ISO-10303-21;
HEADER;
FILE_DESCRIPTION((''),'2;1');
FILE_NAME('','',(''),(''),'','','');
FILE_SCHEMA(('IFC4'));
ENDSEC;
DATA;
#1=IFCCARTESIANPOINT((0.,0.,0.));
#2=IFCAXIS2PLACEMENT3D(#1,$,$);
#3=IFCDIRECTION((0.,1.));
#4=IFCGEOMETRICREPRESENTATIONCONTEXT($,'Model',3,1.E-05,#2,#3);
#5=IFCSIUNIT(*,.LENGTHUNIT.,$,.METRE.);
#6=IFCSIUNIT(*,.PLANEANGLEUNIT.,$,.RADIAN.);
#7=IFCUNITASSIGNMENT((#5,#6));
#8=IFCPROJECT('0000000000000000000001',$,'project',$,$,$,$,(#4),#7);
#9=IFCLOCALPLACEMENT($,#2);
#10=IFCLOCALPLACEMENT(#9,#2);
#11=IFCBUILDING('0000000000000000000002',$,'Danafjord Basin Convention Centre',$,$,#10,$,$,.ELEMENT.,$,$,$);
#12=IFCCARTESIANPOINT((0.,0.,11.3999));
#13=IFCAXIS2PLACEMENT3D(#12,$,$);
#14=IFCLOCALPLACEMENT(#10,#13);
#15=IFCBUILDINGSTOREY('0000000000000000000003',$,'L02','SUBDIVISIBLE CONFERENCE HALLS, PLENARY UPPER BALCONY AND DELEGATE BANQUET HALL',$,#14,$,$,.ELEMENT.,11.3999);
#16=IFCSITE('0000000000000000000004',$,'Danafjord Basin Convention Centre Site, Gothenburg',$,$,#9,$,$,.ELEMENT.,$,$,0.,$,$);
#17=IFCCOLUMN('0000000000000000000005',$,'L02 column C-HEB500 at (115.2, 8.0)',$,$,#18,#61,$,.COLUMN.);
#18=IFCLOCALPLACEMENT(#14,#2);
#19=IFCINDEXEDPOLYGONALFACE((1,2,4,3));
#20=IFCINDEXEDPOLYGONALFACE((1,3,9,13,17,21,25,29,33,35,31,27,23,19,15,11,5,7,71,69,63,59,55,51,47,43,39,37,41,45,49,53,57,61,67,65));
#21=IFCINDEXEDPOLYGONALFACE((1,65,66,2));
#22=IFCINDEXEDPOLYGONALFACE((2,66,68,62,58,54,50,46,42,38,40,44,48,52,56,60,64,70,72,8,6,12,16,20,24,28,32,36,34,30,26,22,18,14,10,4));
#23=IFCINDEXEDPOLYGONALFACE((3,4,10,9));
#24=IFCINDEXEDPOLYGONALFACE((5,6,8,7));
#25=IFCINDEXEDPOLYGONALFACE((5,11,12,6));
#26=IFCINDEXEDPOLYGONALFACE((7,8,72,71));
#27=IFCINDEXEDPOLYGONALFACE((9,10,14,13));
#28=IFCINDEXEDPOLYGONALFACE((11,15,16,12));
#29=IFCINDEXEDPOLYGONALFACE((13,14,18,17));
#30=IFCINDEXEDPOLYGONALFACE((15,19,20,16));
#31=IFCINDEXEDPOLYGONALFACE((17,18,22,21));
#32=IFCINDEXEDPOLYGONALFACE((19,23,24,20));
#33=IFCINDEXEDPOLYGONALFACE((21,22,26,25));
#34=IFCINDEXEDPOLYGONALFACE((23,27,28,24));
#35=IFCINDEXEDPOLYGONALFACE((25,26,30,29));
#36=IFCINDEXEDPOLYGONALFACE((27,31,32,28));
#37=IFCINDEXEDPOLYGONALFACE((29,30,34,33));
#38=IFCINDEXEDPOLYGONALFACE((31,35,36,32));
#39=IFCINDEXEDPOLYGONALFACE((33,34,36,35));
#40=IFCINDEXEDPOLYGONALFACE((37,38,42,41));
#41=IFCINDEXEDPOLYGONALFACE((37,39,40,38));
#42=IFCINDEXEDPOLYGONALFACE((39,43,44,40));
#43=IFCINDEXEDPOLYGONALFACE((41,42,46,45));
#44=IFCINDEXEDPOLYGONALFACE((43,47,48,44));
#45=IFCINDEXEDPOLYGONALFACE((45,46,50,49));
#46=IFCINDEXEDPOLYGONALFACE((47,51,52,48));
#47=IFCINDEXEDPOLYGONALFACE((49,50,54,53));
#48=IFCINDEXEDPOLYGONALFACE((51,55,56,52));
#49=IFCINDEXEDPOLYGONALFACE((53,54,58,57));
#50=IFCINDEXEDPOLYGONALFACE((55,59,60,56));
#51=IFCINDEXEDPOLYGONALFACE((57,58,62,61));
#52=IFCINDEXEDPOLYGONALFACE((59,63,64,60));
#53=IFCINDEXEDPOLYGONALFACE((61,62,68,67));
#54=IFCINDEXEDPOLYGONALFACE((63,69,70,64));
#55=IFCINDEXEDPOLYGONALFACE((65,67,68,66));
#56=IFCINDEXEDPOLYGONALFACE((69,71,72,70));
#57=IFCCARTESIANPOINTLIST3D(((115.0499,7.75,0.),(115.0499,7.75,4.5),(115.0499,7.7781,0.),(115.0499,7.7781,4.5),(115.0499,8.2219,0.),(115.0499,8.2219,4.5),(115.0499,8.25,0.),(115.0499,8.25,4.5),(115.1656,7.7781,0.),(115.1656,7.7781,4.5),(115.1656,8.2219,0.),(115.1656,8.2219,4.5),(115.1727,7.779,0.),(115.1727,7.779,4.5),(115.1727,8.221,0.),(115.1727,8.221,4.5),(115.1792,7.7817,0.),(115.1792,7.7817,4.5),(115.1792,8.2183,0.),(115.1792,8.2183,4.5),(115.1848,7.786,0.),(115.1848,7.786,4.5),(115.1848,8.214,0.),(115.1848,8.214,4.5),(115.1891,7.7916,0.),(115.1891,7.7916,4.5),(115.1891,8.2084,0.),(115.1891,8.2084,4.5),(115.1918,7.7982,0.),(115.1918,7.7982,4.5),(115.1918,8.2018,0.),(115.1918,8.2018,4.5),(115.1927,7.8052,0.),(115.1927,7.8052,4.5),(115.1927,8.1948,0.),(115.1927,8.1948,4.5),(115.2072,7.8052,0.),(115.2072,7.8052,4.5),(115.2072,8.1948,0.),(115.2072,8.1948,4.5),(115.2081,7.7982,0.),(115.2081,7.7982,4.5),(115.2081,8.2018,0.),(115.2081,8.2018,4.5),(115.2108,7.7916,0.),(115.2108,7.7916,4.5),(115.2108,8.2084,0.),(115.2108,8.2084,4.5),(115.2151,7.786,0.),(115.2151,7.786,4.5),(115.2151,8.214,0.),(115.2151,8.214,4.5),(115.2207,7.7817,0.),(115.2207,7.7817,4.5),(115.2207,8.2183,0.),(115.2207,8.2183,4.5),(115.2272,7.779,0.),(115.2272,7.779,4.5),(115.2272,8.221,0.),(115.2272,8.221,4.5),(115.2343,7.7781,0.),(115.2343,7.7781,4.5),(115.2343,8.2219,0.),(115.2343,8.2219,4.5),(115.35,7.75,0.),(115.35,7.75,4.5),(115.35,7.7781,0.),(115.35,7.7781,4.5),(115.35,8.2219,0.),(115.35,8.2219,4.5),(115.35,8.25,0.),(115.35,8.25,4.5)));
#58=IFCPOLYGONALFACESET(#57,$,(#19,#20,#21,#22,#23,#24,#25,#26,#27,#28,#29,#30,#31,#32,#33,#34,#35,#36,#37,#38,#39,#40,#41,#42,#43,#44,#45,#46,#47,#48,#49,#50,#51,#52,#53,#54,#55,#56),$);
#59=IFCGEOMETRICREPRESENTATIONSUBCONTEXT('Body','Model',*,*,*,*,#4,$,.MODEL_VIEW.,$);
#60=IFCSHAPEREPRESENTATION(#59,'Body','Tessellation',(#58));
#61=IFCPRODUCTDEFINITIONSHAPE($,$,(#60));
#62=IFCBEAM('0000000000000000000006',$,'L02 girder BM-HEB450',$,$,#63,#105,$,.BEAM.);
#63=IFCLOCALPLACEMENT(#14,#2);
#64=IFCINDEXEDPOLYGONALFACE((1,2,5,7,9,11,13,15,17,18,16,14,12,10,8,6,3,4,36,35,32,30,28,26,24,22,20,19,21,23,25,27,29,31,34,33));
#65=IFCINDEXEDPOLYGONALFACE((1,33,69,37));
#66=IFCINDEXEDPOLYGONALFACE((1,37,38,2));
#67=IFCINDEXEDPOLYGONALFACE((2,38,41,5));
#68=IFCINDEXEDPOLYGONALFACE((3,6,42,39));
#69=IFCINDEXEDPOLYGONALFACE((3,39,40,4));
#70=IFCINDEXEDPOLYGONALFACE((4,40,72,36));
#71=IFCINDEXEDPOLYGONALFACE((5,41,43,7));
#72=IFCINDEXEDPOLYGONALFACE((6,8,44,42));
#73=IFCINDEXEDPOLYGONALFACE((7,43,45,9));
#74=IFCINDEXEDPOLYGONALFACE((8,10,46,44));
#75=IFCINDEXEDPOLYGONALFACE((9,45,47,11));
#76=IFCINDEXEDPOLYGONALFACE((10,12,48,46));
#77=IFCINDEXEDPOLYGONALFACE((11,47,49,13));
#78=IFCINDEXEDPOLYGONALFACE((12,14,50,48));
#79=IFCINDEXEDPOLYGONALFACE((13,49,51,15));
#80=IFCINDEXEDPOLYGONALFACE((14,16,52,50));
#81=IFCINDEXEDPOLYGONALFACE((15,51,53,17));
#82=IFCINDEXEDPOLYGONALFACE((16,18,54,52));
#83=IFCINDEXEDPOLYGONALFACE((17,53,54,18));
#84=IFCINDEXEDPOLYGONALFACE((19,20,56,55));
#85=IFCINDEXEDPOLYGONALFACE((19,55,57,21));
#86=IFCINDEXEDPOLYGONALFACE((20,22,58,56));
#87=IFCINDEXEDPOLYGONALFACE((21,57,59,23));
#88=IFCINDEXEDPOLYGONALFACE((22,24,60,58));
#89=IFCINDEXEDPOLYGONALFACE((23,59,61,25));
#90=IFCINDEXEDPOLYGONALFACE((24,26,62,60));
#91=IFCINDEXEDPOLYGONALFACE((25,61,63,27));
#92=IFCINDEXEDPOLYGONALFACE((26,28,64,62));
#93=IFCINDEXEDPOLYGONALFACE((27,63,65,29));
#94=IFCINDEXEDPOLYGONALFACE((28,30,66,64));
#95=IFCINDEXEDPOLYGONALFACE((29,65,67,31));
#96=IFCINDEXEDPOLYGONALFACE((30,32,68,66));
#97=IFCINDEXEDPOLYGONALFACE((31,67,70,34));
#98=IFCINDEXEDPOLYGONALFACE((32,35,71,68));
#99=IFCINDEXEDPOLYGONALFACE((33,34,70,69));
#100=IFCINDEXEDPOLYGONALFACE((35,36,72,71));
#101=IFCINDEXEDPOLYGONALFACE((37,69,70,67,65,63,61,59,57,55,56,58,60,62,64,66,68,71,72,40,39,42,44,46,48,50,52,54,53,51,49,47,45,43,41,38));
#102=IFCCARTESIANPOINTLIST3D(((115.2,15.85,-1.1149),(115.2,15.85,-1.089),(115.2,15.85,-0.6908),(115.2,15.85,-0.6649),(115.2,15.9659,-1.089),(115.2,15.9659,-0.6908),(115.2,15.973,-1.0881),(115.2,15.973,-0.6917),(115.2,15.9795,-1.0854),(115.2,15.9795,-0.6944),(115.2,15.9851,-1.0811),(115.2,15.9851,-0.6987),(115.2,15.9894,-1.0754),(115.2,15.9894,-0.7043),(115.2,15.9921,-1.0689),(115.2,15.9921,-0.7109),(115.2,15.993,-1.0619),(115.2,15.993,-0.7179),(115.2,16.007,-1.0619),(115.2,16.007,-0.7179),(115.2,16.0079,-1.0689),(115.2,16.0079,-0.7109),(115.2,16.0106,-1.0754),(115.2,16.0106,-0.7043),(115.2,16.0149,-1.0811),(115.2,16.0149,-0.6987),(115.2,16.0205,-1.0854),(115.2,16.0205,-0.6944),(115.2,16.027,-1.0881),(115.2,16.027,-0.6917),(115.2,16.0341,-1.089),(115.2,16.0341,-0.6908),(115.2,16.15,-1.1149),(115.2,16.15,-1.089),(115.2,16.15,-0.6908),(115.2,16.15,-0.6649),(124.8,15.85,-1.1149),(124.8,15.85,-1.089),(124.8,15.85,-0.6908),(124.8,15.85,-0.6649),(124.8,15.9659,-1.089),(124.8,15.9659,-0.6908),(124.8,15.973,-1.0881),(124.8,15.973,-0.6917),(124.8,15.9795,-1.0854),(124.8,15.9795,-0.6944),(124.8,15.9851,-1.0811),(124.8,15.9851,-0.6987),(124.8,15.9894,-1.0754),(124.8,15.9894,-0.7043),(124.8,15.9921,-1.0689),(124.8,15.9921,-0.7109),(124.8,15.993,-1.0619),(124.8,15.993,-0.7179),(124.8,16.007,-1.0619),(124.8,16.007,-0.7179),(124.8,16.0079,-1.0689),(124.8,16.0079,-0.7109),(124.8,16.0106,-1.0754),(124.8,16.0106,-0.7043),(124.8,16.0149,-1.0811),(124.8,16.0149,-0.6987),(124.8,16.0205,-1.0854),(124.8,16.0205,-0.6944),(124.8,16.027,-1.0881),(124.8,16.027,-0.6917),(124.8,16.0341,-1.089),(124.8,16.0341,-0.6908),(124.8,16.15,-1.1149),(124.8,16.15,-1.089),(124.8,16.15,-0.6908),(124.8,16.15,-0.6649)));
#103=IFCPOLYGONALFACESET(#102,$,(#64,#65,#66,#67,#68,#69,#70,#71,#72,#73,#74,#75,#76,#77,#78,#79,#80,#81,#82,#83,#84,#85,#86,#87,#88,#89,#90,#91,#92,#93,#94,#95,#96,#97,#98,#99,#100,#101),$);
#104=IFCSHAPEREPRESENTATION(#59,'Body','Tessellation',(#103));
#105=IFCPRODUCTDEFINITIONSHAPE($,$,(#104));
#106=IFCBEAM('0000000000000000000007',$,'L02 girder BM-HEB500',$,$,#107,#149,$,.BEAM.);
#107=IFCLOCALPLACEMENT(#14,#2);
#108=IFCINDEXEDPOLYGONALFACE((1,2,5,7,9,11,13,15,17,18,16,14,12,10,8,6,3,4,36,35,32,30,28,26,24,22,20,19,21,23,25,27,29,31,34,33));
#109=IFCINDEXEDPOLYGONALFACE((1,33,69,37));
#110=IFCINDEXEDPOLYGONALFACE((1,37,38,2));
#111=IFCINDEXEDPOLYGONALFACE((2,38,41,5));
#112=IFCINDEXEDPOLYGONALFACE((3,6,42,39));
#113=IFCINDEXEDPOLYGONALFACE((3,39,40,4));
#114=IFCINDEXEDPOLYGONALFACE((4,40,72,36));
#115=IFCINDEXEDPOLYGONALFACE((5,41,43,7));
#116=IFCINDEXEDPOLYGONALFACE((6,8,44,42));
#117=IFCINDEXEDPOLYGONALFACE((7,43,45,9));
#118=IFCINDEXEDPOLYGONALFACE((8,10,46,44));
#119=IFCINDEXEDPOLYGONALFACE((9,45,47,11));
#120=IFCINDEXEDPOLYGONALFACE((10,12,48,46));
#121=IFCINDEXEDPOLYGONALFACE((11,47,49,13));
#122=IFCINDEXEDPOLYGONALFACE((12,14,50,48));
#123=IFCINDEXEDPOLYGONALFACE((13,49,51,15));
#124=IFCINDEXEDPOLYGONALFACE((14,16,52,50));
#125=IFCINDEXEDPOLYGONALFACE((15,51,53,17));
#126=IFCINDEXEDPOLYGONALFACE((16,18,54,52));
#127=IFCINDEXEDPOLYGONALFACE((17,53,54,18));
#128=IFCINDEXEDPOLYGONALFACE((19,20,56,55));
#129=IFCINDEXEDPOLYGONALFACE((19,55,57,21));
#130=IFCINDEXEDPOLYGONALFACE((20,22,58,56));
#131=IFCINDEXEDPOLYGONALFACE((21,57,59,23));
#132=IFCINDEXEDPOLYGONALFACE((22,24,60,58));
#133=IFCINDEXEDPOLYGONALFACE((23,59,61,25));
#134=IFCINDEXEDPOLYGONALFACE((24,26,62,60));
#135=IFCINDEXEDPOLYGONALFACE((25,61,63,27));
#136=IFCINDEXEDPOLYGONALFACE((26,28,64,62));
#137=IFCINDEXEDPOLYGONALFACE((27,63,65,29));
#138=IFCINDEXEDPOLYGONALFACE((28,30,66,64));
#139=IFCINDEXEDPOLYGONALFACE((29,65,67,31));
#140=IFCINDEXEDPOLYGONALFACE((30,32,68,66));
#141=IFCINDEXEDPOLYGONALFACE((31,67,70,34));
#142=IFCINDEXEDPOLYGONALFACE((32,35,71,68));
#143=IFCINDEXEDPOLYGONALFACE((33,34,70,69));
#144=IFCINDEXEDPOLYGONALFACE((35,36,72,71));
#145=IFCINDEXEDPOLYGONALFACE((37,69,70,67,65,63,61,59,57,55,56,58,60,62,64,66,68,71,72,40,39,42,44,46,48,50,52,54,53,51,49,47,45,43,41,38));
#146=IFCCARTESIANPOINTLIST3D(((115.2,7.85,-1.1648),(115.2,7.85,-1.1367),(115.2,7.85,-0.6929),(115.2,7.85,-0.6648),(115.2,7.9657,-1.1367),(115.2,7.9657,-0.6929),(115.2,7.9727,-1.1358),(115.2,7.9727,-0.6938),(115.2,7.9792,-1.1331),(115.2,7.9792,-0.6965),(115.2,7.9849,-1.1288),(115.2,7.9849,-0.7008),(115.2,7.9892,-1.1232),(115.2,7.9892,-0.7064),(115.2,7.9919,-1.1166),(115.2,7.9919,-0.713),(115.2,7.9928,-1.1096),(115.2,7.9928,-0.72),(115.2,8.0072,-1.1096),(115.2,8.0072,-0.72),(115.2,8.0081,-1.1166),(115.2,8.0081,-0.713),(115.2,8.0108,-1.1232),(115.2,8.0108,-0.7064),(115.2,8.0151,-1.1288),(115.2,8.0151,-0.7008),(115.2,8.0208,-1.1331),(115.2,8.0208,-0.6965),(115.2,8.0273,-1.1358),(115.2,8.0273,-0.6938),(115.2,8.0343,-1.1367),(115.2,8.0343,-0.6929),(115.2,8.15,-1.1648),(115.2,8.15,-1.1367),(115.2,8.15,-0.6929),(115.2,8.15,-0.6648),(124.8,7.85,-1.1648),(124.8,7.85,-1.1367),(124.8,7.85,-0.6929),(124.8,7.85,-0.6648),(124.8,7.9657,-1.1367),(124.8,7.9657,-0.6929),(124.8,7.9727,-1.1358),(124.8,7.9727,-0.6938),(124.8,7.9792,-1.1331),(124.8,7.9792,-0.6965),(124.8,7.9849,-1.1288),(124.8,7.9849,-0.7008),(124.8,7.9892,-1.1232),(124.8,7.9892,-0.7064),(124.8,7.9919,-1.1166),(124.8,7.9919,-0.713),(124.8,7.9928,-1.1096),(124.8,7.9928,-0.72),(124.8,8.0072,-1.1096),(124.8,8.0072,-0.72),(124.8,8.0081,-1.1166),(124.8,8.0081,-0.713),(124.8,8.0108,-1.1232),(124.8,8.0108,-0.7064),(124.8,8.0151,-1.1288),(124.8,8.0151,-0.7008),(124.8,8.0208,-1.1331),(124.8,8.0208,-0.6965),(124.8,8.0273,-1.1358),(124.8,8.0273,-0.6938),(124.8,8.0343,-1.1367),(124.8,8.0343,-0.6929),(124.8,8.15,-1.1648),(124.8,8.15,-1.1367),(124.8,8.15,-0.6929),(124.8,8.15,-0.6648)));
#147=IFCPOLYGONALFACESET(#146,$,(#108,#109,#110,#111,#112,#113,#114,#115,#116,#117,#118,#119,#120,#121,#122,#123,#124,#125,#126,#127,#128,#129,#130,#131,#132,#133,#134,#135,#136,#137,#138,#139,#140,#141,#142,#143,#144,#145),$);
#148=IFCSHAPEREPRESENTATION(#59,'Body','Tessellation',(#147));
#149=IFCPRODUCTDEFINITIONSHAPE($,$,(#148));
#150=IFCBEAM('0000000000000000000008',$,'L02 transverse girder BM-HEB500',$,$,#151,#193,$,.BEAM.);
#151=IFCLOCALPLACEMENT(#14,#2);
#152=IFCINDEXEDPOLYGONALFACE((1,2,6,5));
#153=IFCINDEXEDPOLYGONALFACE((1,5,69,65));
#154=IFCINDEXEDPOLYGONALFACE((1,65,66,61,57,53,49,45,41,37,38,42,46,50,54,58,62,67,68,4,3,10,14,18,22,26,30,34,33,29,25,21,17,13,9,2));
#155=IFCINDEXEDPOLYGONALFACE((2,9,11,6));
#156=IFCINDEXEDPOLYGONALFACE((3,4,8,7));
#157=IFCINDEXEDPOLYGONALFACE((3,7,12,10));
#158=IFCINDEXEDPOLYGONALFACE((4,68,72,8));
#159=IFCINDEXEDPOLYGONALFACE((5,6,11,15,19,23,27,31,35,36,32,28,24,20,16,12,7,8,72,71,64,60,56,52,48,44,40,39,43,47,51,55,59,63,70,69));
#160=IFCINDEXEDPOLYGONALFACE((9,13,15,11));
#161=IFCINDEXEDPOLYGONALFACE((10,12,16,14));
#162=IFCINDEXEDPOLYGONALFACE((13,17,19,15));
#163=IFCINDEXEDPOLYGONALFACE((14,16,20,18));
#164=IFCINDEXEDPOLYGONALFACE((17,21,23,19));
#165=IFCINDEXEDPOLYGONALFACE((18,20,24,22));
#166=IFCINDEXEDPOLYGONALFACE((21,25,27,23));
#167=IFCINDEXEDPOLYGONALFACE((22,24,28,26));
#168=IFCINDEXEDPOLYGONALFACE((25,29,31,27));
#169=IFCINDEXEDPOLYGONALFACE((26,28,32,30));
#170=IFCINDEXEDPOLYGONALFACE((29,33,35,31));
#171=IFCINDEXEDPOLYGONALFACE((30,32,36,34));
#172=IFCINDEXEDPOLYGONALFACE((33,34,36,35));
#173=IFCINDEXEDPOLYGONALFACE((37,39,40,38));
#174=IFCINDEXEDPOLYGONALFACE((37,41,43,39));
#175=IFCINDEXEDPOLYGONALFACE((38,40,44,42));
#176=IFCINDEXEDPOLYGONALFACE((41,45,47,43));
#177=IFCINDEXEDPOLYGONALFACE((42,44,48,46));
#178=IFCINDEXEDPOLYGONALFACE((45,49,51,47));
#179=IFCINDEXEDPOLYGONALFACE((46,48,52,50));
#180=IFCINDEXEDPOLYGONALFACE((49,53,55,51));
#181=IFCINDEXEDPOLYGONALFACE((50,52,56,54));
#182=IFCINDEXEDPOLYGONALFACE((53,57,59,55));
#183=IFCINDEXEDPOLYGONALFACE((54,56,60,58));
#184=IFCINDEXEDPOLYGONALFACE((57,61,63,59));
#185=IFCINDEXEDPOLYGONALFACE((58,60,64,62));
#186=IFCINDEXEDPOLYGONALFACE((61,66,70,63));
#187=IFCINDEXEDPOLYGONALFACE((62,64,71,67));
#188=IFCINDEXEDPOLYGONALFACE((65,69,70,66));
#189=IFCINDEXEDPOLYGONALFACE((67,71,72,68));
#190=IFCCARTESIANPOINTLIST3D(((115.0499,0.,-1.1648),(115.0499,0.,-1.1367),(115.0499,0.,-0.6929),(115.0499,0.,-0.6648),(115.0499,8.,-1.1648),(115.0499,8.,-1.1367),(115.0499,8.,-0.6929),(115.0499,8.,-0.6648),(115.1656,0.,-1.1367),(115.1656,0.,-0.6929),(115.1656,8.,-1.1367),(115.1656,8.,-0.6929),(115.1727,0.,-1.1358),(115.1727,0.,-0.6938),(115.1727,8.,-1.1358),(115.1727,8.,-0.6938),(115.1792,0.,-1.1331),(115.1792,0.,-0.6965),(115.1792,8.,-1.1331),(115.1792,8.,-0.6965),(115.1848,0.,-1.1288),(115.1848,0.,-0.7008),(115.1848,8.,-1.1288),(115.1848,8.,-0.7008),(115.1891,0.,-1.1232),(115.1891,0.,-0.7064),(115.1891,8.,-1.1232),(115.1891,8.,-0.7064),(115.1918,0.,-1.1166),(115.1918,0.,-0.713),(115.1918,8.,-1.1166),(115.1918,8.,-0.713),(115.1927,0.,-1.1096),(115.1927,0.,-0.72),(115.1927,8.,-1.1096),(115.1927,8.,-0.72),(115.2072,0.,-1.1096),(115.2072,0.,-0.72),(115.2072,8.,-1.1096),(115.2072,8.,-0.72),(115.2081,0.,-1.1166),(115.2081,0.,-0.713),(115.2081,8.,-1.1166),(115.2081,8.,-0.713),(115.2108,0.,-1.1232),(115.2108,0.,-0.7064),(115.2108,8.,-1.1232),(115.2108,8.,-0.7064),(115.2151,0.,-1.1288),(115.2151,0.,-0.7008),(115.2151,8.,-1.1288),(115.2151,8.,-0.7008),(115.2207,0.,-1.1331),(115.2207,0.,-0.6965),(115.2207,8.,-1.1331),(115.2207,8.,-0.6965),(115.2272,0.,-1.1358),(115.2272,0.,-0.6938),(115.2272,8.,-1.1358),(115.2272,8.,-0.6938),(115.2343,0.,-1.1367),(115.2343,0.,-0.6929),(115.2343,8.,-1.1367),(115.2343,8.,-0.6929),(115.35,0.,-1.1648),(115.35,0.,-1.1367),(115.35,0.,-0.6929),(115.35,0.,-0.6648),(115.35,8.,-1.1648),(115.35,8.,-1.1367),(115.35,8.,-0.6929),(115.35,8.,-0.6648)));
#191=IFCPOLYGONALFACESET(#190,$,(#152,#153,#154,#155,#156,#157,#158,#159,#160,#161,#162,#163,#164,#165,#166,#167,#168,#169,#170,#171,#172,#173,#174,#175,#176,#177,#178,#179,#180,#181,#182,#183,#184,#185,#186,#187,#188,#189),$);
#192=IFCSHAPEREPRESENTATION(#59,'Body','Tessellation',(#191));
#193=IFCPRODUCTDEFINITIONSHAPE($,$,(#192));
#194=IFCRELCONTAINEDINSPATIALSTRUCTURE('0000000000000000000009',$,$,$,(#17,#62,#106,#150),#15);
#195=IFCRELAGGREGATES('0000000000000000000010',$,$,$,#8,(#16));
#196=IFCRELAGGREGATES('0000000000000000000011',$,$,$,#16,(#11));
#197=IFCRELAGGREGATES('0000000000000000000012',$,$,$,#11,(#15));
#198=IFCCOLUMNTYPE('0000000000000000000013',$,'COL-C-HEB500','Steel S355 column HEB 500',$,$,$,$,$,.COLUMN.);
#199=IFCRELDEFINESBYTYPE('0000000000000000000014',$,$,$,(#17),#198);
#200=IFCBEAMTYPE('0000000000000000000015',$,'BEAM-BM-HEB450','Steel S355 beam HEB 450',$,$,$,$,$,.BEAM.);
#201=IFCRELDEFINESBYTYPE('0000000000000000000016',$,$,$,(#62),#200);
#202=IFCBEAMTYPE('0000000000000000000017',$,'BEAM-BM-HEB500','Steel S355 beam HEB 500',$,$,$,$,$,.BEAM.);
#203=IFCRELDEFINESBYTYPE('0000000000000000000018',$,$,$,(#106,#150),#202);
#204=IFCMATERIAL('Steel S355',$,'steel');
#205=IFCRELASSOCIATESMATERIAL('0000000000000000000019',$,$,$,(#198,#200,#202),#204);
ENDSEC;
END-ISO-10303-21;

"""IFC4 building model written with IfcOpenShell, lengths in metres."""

from ifc_helpers import new_model, si_unit, direction, frame, origin, origin_2d, place, context, subcontext, project, spatial, i_section, extrude, material, material_profile, profile_set, type_object, element, save


model = new_model("IFC4")

# Units and contexts
model_context = context("Model", 3, precision=1e-05, world=origin(), true_north=direction((0.0, 1.0)))
body_context = subcontext(model_context, "Body", "Model", "MODEL_VIEW")
ifc_project = project(units=[si_unit("LENGTHUNIT", "METRE"), si_unit("PLANEANGLEUNIT", "RADIAN")], contexts=[model_context])

# Site, building, storey
site_placement = place(None, origin())
site = spatial("IfcSite", under=ifc_project, at=site_placement, Name="Danafjord Basin Convention Centre Site, Gothenburg", CompositionType="ELEMENT", RefElevation=0.0)
building_placement = place(site_placement, origin())
building = spatial("IfcBuilding", under=site, at=building_placement, Name="Danafjord Basin Convention Centre", CompositionType="ELEMENT")
storey_placement = place(building_placement, frame((0.0, 0.0, 11.3999)))
storey = spatial("IfcBuildingStorey", under=building, at=storey_placement, Name="L02", Description="SUBDIVISIBLE CONFERENCE HALLS, PLENARY UPPER BALCONY AND DELEGATE BANQUET HALL", CompositionType="ELEMENT", Elevation=11.3999)

# Column
ifc_material_1 = material(Name="Steel S355", Category="steel")
ifc_material_profile_1 = material_profile(ifc_material_1, i_section(OverallWidth=0.3, OverallDepth=0.5, WebThickness=0.0144, FlangeThickness=0.0281, FilletRadius=0.0271, at=origin_2d()), Name="HEB 500")
ifc_profile_set_1 = profile_set([ifc_material_profile_1], Name="Steel S355")
column_type_1 = type_object("IfcColumnType", Name="COL-C-HEB500", Description="Steel S355 column HEB 500", PredefinedType="COLUMN", material=ifc_profile_set_1)
column_1_placement = place(storey_placement, frame((115.2, 8.0, 0.0), z_axis=(0.0, 0.0, 1.0), x_axis=(1.0, 0.0, 0.0)))
element("IfcColumn", 1, at=column_1_placement, inside=storey, type_object=column_type_1, Name="L02 column C-HEB500 at (115.2, 8.0)", PredefinedType="COLUMN", context=body_context, shape_type="SweptSolid", body=[
    extrude(i_section(OverallWidth=0.3, OverallDepth=0.5, WebThickness=0.0144, FlangeThickness=0.0281, FilletRadius=0.0271, at=origin_2d()), origin(), (0.0, 0.0, 1.0), 4.5),
])

# Beams
ifc_material_profile_2 = material_profile(ifc_material_1, i_section(OverallWidth=0.3, OverallDepth=0.45, WebThickness=0.0139, FlangeThickness=0.0259, FilletRadius=0.0271, at=origin_2d()), Name="HEB 450")
ifc_profile_set_2 = profile_set([ifc_material_profile_2], Name="Steel S355")
beam_type_1 = type_object("IfcBeamType", Name="BEAM-BM-HEB450", Description="Steel S355 beam HEB 450", PredefinedType="BEAM", material=ifc_profile_set_2)
beam_1_placement = place(storey_placement, frame((115.2, 16.0, -0.8899), z_axis=(1.0, 0.0, 0.0), x_axis=(0.0, 1.0, 0.0)))
element("IfcBeam", 2, at=beam_1_placement, inside=storey, type_object=beam_type_1, Name="L02 girder BM-HEB450", PredefinedType="BEAM", context=body_context, shape_type="SweptSolid", body=[
    extrude(i_section(OverallWidth=0.3, OverallDepth=0.45, WebThickness=0.0139, FlangeThickness=0.0259, FilletRadius=0.0271, at=origin_2d()), origin(), (0.0, 0.0, 1.0), 9.6001),
])
ifc_material_profile_3 = material_profile(ifc_material_1, i_section(OverallWidth=0.3, OverallDepth=0.5, WebThickness=0.0144, FlangeThickness=0.0281, FilletRadius=0.0271, at=origin_2d()), Name="HEB 500")
ifc_profile_set_3 = profile_set([ifc_material_profile_3], Name="Steel S355")
beam_type_2 = type_object("IfcBeamType", Name="BEAM-BM-HEB500", Description="Steel S355 beam HEB 500", PredefinedType="BEAM", material=ifc_profile_set_3)
beam_2_placement = place(storey_placement, frame((115.2, 8.0, -0.9148), z_axis=(1.0, 0.0, 0.0), x_axis=(0.0, 1.0, 0.0)))
element("IfcBeam", 3, at=beam_2_placement, inside=storey, type_object=beam_type_2, Name="L02 girder BM-HEB500", PredefinedType="BEAM", context=body_context, shape_type="SweptSolid", body=[
    extrude(i_section(OverallWidth=0.3, OverallDepth=0.5, WebThickness=0.0144, FlangeThickness=0.0281, FilletRadius=0.0271, at=origin_2d()), origin(), (0.0, 0.0, 1.0), 9.6001),
])
beam_3_placement = place(storey_placement, frame((115.2, 0.0, -0.9148), z_axis=(0.0, 1.0, 0.0), x_axis=(-1.0, 0.0, 0.0)))
element("IfcBeam", 4, at=beam_3_placement, inside=storey, type_object=beam_type_2, Name="L02 transverse girder BM-HEB500", PredefinedType="BEAM", context=body_context, shape_type="SweptSolid", body=[
    extrude(i_section(OverallWidth=0.3, OverallDepth=0.5, WebThickness=0.0144, FlangeThickness=0.0281, FilletRadius=0.0271, at=origin_2d()), origin(), (0.0, 0.0, 1.0), 8.0),
])

save(model, "model.ifc")
